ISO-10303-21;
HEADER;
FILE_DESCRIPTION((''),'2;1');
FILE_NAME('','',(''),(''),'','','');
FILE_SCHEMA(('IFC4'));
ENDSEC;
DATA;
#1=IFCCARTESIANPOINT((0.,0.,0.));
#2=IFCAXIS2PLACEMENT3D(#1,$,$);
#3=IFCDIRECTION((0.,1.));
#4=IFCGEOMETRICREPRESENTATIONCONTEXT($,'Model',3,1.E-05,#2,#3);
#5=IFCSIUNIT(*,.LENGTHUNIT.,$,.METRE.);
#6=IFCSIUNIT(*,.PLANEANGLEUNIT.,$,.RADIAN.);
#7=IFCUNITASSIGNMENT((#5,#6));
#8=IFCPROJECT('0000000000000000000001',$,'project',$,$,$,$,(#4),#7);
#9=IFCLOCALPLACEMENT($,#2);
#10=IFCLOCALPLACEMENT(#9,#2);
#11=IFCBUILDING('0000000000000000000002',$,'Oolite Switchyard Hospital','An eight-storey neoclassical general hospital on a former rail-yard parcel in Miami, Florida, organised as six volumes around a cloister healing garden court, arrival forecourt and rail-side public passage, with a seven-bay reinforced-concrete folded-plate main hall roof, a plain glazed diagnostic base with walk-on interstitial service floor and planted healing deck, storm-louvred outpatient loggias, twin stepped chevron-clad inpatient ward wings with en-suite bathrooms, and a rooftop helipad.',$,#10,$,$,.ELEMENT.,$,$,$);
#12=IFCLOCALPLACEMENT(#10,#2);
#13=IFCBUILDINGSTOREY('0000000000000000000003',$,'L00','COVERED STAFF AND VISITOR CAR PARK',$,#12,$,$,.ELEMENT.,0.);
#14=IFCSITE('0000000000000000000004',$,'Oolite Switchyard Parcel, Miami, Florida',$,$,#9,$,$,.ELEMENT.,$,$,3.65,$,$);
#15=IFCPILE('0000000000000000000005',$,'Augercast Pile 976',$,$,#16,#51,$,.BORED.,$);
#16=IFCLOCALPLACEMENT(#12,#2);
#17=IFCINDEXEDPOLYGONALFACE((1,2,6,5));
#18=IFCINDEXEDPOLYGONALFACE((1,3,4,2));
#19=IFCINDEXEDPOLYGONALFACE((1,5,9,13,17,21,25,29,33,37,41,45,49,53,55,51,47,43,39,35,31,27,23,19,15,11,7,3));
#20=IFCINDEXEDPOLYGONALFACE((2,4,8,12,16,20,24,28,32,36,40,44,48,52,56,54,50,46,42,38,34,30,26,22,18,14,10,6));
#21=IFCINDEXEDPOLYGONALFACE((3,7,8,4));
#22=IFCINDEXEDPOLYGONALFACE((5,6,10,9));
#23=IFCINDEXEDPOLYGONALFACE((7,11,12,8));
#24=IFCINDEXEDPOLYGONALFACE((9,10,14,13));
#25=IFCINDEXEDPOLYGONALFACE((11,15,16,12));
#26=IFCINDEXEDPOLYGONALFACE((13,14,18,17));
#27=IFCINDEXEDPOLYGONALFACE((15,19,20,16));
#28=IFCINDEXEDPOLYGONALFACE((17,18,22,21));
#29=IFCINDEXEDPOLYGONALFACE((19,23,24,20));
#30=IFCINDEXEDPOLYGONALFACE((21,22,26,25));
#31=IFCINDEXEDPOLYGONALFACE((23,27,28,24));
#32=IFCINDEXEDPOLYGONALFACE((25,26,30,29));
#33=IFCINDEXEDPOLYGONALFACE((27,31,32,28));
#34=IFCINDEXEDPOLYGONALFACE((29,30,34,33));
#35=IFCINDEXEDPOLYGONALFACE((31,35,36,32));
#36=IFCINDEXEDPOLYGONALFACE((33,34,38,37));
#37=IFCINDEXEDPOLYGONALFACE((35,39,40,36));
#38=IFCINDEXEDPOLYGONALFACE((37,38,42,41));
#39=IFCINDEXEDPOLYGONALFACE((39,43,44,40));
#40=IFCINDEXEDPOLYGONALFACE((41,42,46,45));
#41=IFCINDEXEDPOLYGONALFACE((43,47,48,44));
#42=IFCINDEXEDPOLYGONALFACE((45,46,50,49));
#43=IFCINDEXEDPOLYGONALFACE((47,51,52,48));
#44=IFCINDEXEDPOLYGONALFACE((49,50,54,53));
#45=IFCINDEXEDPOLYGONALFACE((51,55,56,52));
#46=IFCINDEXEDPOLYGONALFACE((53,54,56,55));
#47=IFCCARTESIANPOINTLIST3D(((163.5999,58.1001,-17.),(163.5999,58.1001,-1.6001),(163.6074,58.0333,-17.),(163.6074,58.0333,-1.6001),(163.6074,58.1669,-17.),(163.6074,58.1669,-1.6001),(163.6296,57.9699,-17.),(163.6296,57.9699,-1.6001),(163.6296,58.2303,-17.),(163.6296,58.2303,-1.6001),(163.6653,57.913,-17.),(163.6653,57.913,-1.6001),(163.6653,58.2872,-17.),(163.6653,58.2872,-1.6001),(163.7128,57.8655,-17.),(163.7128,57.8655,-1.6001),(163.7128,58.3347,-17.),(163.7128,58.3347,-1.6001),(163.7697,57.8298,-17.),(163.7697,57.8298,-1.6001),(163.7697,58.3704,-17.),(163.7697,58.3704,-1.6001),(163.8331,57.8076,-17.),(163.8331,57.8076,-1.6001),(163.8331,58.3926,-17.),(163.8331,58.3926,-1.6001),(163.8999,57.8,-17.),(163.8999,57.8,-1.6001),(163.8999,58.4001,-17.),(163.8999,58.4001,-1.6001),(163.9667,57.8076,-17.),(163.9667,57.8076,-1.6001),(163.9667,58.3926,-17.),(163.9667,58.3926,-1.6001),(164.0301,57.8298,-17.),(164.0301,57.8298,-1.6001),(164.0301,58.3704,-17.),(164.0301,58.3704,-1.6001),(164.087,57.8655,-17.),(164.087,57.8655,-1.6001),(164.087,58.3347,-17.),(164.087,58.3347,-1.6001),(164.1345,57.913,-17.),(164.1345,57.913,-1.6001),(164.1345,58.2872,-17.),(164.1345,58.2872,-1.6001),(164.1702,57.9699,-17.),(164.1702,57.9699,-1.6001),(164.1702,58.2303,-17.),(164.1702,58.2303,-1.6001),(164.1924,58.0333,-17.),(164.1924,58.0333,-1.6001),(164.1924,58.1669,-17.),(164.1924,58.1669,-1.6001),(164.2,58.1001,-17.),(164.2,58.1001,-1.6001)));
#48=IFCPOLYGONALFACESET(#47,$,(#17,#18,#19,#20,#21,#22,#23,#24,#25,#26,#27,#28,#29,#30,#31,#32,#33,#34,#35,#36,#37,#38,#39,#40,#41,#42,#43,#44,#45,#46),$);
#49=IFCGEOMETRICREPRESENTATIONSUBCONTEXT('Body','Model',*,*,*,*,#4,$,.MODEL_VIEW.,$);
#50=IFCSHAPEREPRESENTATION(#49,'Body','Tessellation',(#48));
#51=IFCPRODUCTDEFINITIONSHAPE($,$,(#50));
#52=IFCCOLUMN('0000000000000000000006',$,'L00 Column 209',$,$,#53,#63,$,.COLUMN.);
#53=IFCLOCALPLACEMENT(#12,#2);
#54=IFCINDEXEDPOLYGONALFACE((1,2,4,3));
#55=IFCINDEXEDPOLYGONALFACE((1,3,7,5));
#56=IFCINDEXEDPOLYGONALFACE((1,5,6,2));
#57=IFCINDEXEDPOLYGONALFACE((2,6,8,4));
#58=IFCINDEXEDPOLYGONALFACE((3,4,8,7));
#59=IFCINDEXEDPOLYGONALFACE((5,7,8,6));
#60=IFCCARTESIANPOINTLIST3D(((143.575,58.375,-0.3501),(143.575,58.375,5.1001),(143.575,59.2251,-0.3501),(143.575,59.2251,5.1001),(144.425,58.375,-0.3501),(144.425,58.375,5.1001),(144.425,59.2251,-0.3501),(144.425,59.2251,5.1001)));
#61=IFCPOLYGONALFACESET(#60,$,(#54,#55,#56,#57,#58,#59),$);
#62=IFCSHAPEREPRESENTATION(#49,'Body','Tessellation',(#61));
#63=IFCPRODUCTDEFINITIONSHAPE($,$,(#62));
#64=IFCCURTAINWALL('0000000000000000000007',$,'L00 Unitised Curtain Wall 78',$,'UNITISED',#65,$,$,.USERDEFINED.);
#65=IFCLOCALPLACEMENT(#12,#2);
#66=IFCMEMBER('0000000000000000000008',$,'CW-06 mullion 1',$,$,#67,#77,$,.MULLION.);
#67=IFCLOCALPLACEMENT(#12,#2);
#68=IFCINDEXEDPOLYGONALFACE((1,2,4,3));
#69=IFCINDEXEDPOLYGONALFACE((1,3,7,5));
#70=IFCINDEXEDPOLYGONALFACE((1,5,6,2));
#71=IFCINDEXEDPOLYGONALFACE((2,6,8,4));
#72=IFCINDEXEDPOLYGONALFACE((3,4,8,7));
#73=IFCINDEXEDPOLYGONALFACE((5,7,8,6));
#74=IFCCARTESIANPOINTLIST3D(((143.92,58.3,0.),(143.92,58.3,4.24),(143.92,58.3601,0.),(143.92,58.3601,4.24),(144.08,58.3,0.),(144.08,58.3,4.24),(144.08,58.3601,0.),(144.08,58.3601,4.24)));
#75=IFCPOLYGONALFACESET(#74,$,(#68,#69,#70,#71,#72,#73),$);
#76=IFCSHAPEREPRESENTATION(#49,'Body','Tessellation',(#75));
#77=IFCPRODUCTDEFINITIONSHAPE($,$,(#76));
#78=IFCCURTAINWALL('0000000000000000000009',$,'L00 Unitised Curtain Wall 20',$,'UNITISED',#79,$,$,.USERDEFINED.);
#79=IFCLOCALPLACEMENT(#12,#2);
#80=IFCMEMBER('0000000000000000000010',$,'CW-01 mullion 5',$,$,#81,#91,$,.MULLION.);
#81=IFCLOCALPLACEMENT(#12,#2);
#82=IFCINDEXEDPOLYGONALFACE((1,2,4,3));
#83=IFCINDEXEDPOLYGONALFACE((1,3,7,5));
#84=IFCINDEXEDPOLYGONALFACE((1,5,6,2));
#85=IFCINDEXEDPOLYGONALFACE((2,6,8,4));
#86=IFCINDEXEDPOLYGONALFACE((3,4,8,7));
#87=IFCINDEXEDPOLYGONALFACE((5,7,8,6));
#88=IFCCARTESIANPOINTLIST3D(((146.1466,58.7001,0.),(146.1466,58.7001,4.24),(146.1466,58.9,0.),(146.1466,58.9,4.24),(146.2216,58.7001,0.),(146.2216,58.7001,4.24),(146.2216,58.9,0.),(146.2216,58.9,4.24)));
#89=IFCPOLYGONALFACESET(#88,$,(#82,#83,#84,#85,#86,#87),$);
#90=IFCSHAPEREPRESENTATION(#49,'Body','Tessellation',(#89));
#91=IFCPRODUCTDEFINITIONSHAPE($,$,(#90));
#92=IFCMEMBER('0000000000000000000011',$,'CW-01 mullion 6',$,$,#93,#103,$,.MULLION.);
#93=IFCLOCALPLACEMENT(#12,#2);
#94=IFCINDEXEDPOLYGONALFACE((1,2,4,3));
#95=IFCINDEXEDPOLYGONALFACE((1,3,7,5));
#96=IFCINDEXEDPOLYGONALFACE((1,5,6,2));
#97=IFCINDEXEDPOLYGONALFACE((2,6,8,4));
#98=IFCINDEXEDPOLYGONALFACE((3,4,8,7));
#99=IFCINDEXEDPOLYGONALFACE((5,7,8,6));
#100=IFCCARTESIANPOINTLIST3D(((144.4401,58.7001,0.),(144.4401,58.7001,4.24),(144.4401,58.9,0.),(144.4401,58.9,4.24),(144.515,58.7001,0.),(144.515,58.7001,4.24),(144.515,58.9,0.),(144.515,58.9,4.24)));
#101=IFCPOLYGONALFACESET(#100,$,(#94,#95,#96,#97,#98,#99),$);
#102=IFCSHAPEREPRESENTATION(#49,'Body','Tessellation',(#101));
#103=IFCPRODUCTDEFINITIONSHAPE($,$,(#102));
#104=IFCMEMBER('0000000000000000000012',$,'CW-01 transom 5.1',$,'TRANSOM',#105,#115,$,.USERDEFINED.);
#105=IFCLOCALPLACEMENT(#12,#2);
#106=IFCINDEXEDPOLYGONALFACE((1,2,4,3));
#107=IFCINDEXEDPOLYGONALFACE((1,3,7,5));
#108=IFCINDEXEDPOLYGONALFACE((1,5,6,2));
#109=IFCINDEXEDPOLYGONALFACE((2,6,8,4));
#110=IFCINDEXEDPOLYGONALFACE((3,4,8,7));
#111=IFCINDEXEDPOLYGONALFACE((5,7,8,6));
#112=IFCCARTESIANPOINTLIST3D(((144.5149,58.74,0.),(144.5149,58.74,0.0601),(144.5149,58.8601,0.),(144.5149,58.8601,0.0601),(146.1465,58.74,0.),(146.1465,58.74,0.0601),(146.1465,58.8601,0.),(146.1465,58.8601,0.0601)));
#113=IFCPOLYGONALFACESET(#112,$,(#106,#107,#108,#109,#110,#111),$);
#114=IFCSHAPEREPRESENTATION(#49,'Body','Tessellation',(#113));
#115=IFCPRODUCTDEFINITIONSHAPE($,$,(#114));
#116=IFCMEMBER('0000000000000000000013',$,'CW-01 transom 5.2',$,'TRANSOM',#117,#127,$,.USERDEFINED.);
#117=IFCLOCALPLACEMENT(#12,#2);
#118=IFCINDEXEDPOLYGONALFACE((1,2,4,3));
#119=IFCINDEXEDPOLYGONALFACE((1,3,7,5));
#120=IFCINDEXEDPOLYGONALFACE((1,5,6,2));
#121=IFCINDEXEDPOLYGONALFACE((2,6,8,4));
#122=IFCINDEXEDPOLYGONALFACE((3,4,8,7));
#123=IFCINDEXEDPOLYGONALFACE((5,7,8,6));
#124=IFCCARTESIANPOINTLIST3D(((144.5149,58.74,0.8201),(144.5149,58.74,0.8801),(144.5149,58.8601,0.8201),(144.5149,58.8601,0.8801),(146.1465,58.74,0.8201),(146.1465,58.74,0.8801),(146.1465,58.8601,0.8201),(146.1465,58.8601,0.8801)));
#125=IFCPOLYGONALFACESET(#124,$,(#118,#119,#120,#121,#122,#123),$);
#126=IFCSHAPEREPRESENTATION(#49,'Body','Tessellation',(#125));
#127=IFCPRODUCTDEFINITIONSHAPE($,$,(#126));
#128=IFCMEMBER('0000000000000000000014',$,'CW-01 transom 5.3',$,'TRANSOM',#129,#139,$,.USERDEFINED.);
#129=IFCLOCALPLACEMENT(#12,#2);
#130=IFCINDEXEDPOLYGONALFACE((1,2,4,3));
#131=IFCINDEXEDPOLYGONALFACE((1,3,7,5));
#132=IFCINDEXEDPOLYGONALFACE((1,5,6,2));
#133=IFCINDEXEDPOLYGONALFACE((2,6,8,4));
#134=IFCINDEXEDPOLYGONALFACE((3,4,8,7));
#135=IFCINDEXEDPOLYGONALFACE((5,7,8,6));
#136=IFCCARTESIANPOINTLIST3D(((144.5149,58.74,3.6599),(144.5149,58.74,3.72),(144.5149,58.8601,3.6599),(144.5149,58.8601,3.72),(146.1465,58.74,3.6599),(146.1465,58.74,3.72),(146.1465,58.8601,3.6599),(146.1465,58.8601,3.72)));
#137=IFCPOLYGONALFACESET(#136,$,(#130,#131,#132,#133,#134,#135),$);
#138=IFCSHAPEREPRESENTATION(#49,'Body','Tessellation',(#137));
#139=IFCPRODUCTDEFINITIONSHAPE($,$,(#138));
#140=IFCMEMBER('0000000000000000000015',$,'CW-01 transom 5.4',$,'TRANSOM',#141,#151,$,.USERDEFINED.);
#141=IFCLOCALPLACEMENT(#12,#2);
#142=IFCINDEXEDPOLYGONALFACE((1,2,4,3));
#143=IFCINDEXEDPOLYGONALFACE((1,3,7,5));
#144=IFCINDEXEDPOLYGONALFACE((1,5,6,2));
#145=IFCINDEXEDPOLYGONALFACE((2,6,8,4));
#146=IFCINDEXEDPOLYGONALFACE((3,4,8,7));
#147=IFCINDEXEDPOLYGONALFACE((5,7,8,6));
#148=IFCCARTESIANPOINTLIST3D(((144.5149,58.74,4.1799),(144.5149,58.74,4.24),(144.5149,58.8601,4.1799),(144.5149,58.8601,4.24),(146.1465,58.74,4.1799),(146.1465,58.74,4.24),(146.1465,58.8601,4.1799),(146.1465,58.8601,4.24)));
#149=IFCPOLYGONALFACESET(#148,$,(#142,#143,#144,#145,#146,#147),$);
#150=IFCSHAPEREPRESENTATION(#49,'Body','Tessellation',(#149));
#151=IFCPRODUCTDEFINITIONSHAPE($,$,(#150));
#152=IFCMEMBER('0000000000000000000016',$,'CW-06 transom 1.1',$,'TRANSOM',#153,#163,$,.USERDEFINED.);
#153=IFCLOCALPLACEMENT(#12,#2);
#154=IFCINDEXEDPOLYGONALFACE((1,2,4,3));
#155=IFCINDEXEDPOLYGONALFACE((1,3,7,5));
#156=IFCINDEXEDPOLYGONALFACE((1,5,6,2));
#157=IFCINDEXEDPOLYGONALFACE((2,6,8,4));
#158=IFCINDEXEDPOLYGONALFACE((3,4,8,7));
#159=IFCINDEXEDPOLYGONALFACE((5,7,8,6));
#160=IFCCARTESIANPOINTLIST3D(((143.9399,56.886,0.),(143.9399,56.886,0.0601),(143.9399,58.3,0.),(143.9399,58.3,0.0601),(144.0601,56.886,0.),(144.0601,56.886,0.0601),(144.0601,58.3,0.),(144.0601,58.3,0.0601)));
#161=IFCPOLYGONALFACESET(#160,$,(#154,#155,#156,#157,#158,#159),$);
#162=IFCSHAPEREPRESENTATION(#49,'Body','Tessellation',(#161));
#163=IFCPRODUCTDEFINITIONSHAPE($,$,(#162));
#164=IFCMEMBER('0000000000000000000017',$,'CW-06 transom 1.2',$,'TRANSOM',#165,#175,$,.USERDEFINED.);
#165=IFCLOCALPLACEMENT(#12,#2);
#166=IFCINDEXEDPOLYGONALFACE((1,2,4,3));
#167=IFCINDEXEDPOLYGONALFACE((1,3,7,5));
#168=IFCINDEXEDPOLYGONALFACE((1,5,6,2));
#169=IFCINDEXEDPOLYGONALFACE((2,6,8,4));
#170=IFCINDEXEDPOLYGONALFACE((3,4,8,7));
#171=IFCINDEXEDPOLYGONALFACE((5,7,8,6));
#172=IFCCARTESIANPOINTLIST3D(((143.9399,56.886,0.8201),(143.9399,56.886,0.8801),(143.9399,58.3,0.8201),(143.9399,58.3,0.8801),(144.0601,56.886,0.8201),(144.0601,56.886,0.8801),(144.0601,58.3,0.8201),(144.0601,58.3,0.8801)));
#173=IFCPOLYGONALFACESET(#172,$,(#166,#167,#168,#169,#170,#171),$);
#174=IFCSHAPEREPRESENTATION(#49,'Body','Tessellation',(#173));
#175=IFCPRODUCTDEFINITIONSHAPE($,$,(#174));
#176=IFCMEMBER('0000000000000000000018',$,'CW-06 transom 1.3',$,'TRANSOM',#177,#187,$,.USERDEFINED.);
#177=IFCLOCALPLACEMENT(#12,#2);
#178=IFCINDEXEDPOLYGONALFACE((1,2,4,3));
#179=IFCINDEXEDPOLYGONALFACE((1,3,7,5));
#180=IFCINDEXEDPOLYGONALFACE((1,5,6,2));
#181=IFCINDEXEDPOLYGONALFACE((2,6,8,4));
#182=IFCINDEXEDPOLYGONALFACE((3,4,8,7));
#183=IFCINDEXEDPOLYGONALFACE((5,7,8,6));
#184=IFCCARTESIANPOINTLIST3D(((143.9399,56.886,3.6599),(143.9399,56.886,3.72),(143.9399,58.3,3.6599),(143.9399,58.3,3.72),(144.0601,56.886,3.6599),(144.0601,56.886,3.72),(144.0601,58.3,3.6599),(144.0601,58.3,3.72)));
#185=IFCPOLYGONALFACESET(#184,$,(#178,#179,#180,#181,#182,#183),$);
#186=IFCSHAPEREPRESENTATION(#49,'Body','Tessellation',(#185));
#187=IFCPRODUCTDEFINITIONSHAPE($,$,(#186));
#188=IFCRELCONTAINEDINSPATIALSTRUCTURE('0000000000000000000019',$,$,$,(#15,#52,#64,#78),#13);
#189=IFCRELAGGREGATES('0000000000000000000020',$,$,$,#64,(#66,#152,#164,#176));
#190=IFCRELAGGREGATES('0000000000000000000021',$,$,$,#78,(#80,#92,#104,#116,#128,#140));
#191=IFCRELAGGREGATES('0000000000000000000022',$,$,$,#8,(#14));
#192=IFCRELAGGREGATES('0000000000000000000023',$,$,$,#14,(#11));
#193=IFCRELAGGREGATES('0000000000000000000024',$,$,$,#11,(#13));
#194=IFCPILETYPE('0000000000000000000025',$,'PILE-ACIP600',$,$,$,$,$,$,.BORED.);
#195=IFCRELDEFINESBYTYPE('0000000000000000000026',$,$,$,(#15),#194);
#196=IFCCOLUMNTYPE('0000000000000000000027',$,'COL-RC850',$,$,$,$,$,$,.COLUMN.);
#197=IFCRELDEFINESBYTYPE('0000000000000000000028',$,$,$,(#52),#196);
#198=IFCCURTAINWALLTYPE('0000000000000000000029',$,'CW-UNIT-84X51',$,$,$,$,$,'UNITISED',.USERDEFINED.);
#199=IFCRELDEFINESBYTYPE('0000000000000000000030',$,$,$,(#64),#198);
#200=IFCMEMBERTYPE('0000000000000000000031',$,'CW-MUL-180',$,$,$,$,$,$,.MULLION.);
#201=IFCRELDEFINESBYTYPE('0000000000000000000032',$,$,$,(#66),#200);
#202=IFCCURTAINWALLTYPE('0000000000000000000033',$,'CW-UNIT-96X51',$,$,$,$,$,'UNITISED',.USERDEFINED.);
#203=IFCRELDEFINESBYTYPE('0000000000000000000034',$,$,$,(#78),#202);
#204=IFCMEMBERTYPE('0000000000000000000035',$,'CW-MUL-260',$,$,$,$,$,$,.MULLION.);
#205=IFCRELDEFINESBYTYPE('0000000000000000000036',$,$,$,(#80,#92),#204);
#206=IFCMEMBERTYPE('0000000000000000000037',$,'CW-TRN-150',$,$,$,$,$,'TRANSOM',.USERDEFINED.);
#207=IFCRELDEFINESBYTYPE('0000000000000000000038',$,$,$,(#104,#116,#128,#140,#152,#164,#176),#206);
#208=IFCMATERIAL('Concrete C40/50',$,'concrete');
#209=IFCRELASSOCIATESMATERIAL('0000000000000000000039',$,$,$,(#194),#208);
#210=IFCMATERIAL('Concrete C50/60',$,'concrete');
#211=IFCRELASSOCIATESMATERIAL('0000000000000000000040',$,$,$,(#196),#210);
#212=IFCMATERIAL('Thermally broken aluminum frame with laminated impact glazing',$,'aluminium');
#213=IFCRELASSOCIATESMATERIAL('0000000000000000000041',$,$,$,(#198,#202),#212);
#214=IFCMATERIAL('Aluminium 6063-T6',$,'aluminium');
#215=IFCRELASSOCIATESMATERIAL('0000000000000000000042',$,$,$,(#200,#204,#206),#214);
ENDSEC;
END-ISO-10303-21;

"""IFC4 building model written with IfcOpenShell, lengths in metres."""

from ifc_helpers import new_model, si_unit, direction, frame, origin, origin_2d, place, context, subcontext, project, spatial, rectangle, circle, extrude, material, material_profile, profile_set, type_object, element, aggregate, save


model = new_model("IFC4")

# Units and contexts
model_context = context("Model", 3, precision=1e-05, world=origin(), true_north=direction((0.0, 1.0)))
body_context = subcontext(model_context, "Body", "Model", "MODEL_VIEW")
ifc_project = project(units=[si_unit("LENGTHUNIT", "METRE"), si_unit("PLANEANGLEUNIT", "RADIAN")], contexts=[model_context])

# Site, building, storey
site_placement = place(None, origin())
site = spatial("IfcSite", under=ifc_project, at=site_placement, Name="Oolite Switchyard Parcel, Miami, Florida", CompositionType="ELEMENT", RefElevation=3.65)
building_placement = place(site_placement, origin())
building = spatial("IfcBuilding", under=site, at=building_placement, Name="Oolite Switchyard Hospital", Description="An eight-storey neoclassical general hospital on a former rail-yard parcel in Miami, Florida, organised as six volumes around a cloister healing garden court, arrival forecourt and rail-side public passage, with a seven-bay reinforced-concrete folded-plate main hall roof, a plain glazed diagnostic base with walk-on interstitial service floor and planted healing deck, storm-louvred outpatient loggias, twin stepped chevron-clad inpatient ward wings with en-suite bathrooms, and a rooftop helipad.", CompositionType="ELEMENT")
storey_placement = place(building_placement, origin())
storey = spatial("IfcBuildingStorey", under=building, at=storey_placement, Name="L00", Description="COVERED STAFF AND VISITOR CAR PARK", CompositionType="ELEMENT", Elevation=0.0)

# Shared definitions
ifc_material_1 = material(Name="Concrete C40/50", Category="concrete")

# Pile
ifc_material_profile_1 = material_profile(ifc_material_1, circle(Radius=0.3, at=origin_2d()), Name="PILE600")
ifc_profile_set_1 = profile_set([ifc_material_profile_1], Name="Concrete C40/50")
pile_type = type_object("IfcPileType", Name="PILE-ACIP600", PredefinedType="BORED", material=ifc_profile_set_1)
for number, where, z_axis, x_axis, name in (
    (1, (163.8999, 58.1001, -1.6001), (0.0, 0.0, -1.0), (1.0, 0.0, 0.0), "Augercast Pile 976"),
):
    element("IfcPile", number, at=place(storey_placement, frame(where, z_axis=z_axis, x_axis=x_axis)), inside=storey, type_object=pile_type, Name=name, PredefinedType="BORED", context=body_context, shape_type="SweptSolid", body=[
        extrude(circle(Radius=0.3, at=origin_2d()), origin(), (0.0, 0.0, 1.0), 15.3999),
    ])

# Column
ifc_material_2 = material(Name="Concrete C50/60", Category="concrete")
ifc_material_profile_2 = material_profile(ifc_material_2, rectangle(XDim=0.8501, YDim=0.8501, at=origin_2d()), Name="RC850X850")
ifc_profile_set_2 = profile_set([ifc_material_profile_2], Name="Concrete C50/60")
column_type = type_object("IfcColumnType", Name="COL-RC850", PredefinedType="COLUMN", material=ifc_profile_set_2)
column_placement = place(storey_placement, frame((144.0, 58.8, -0.3501), z_axis=(0.0, 0.0, 1.0), x_axis=(1.0, 0.0, 0.0)))
element("IfcColumn", 2, at=column_placement, inside=storey, type_object=column_type, Name="L00 Column 209", PredefinedType="COLUMN", context=body_context, shape_type="SweptSolid", body=[
    extrude(rectangle(XDim=0.8501, YDim=0.8501, at=origin_2d()), origin(), (0.0, 0.0, 1.0), 5.4502),
])

# Curtain wall, member
ifc_material_3 = material(Name="Thermally broken aluminum frame with laminated impact glazing", Category="aluminium")
curtain_wall_type_1 = type_object("IfcCurtainWallType", Name="CW-UNIT-84X51", ElementType="UNITISED", PredefinedType="USERDEFINED", material=ifc_material_3)
curtain_wall_1_placement = place(storey_placement, origin())
curtain_wall_1 = element("IfcCurtainWall", 3, at=curtain_wall_1_placement, inside=storey, type_object=curtain_wall_type_1, Name="L00 Unitised Curtain Wall 78", ObjectType="UNITISED", PredefinedType="USERDEFINED")
ifc_material_4 = material(Name="Aluminium 6063-T6", Category="aluminium")
ifc_material_profile_3 = material_profile(ifc_material_4, rectangle(XDim=0.1599, YDim=0.0601, at=origin_2d()), Name="CWM60X160")
ifc_profile_set_3 = profile_set([ifc_material_profile_3], Name="Aluminium 6063-T6")
member_type_1 = type_object("IfcMemberType", Name="CW-MUL-180", PredefinedType="MULLION", material=ifc_profile_set_3)
member_1_placement = place(storey_placement, frame((144.0, 58.3301, 0.0), z_axis=(0.0, 0.0, 1.0), x_axis=(1.0, 0.0, 0.0)))
member_1 = element("IfcMember", 4, at=member_1_placement, type_object=member_type_1, Name="CW-06 mullion 1", PredefinedType="MULLION", context=body_context, shape_type="SweptSolid", body=[
    extrude(rectangle(XDim=0.1599, YDim=0.0601, at=origin_2d()), origin(), (0.0, 0.0, 1.0), 4.24),
])

# Curtain wall, members
curtain_wall_type_2 = type_object("IfcCurtainWallType", Name="CW-UNIT-96X51", ElementType="UNITISED", PredefinedType="USERDEFINED", material=ifc_material_3)
curtain_wall_2_placement = place(storey_placement, origin())
curtain_wall_2 = element("IfcCurtainWall", 5, at=curtain_wall_2_placement, inside=storey, type_object=curtain_wall_type_2, Name="L00 Unitised Curtain Wall 20", ObjectType="UNITISED", PredefinedType="USERDEFINED")
ifc_material_profile_4 = material_profile(ifc_material_4, rectangle(XDim=0.2, YDim=0.075, at=origin_2d()), Name="CWM75X200")
ifc_profile_set_4 = profile_set([ifc_material_profile_4], Name="Aluminium 6063-T6")
member_type_2 = type_object("IfcMemberType", Name="CW-MUL-260", PredefinedType="MULLION", material=ifc_profile_set_4)
member_2_placement = place(storey_placement, frame((146.1841, 58.8, 0.0), z_axis=(0.0, 0.0, 1.0), x_axis=(0.0, -1.0, 0.0)))
member_2 = element("IfcMember", 6, at=member_2_placement, type_object=member_type_2, Name="CW-01 mullion 5", PredefinedType="MULLION", context=body_context, shape_type="SweptSolid", body=[
    extrude(rectangle(XDim=0.2, YDim=0.075, at=origin_2d()), origin(), (0.0, 0.0, 1.0), 4.24),
])
member_3_placement = place(storey_placement, frame((144.4775, 58.8, 0.0), z_axis=(0.0, 0.0, 1.0), x_axis=(0.0, -1.0, 0.0)))
member_3 = element("IfcMember", 7, at=member_3_placement, type_object=member_type_2, Name="CW-01 mullion 6", PredefinedType="MULLION", context=body_context, shape_type="SweptSolid", body=[
    extrude(rectangle(XDim=0.2, YDim=0.075, at=origin_2d()), origin(), (0.0, 0.0, 1.0), 4.24),
])
ifc_material_profile_5 = material_profile(ifc_material_4, rectangle(XDim=0.1201, YDim=0.0601, at=origin_2d()), Name="CWT60X120")
ifc_profile_set_5 = profile_set([ifc_material_profile_5], Name="Aluminium 6063-T6")
member_type_3 = type_object("IfcMemberType", Name="CW-TRN-150", ElementType="TRANSOM", PredefinedType="USERDEFINED", material=ifc_profile_set_5)
member_4_placement = place(storey_placement, frame((146.1465, 58.8, 0.03), z_axis=(-1.0, 0.0, 0.0), x_axis=(0.0, -1.0, 0.0)))
member_4 = element("IfcMember", 8, at=member_4_placement, type_object=member_type_3, Name="CW-01 transom 5.1", ObjectType="TRANSOM", PredefinedType="USERDEFINED", context=body_context, shape_type="SweptSolid", body=[
    extrude(rectangle(XDim=0.1201, YDim=0.0601, at=origin_2d()), origin(), (0.0, 0.0, 1.0), 1.6316),
])
member_5_placement = place(storey_placement, frame((146.1465, 58.8, 0.8501), z_axis=(-1.0, 0.0, 0.0), x_axis=(0.0, -1.0, 0.0)))
member_5 = element("IfcMember", 9, at=member_5_placement, type_object=member_type_3, Name="CW-01 transom 5.2", ObjectType="TRANSOM", PredefinedType="USERDEFINED", context=body_context, shape_type="SweptSolid", body=[
    extrude(rectangle(XDim=0.1201, YDim=0.0601, at=origin_2d()), origin(), (0.0, 0.0, 1.0), 1.6316),
])
member_6_placement = place(storey_placement, frame((146.1465, 58.8, 3.6899), z_axis=(-1.0, 0.0, 0.0), x_axis=(0.0, -1.0, 0.0)))
member_6 = element("IfcMember", 10, at=member_6_placement, type_object=member_type_3, Name="CW-01 transom 5.3", ObjectType="TRANSOM", PredefinedType="USERDEFINED", context=body_context, shape_type="SweptSolid", body=[
    extrude(rectangle(XDim=0.1201, YDim=0.0601, at=origin_2d()), origin(), (0.0, 0.0, 1.0), 1.6316),
])
member_7_placement = place(storey_placement, frame((146.1465, 58.8, 4.21), z_axis=(-1.0, 0.0, 0.0), x_axis=(0.0, -1.0, 0.0)))
member_7 = element("IfcMember", 11, at=member_7_placement, type_object=member_type_3, Name="CW-01 transom 5.4", ObjectType="TRANSOM", PredefinedType="USERDEFINED", context=body_context, shape_type="SweptSolid", body=[
    extrude(rectangle(XDim=0.1201, YDim=0.0601, at=origin_2d()), origin(), (0.0, 0.0, 1.0), 1.6316),
])

# Members
member_8_placement = place(storey_placement, frame((144.0, 58.3, 0.03), z_axis=(0.0, -1.0, 0.0), x_axis=(1.0, 0.0, 0.0)))
member_8 = element("IfcMember", 12, at=member_8_placement, type_object=member_type_3, Name="CW-06 transom 1.1", ObjectType="TRANSOM", PredefinedType="USERDEFINED", context=body_context, shape_type="SweptSolid", body=[
    extrude(rectangle(XDim=0.1201, YDim=0.0601, at=origin_2d()), origin(), (0.0, 0.0, 1.0), 1.4141),
])
member_9_placement = place(storey_placement, frame((144.0, 58.3, 0.8501), z_axis=(0.0, -1.0, 0.0), x_axis=(1.0, 0.0, 0.0)))
member_9 = element("IfcMember", 13, at=member_9_placement, type_object=member_type_3, Name="CW-06 transom 1.2", ObjectType="TRANSOM", PredefinedType="USERDEFINED", context=body_context, shape_type="SweptSolid", body=[
    extrude(rectangle(XDim=0.1201, YDim=0.0601, at=origin_2d()), origin(), (0.0, 0.0, 1.0), 1.4141),
])
member_10_placement = place(storey_placement, frame((144.0, 58.3, 3.6899), z_axis=(0.0, -1.0, 0.0), x_axis=(1.0, 0.0, 0.0)))
member_10 = element("IfcMember", 14, at=member_10_placement, type_object=member_type_3, Name="CW-06 transom 1.3", ObjectType="TRANSOM", PredefinedType="USERDEFINED", context=body_context, shape_type="SweptSolid", body=[
    extrude(rectangle(XDim=0.1201, YDim=0.0601, at=origin_2d()), origin(), (0.0, 0.0, 1.0), 1.4141),
])
aggregate(curtain_wall_1, [member_1, member_8, member_9, member_10])

aggregate(curtain_wall_2, [member_2, member_3, member_4, member_5, member_6, member_7])

save(model, "model.ifc")
